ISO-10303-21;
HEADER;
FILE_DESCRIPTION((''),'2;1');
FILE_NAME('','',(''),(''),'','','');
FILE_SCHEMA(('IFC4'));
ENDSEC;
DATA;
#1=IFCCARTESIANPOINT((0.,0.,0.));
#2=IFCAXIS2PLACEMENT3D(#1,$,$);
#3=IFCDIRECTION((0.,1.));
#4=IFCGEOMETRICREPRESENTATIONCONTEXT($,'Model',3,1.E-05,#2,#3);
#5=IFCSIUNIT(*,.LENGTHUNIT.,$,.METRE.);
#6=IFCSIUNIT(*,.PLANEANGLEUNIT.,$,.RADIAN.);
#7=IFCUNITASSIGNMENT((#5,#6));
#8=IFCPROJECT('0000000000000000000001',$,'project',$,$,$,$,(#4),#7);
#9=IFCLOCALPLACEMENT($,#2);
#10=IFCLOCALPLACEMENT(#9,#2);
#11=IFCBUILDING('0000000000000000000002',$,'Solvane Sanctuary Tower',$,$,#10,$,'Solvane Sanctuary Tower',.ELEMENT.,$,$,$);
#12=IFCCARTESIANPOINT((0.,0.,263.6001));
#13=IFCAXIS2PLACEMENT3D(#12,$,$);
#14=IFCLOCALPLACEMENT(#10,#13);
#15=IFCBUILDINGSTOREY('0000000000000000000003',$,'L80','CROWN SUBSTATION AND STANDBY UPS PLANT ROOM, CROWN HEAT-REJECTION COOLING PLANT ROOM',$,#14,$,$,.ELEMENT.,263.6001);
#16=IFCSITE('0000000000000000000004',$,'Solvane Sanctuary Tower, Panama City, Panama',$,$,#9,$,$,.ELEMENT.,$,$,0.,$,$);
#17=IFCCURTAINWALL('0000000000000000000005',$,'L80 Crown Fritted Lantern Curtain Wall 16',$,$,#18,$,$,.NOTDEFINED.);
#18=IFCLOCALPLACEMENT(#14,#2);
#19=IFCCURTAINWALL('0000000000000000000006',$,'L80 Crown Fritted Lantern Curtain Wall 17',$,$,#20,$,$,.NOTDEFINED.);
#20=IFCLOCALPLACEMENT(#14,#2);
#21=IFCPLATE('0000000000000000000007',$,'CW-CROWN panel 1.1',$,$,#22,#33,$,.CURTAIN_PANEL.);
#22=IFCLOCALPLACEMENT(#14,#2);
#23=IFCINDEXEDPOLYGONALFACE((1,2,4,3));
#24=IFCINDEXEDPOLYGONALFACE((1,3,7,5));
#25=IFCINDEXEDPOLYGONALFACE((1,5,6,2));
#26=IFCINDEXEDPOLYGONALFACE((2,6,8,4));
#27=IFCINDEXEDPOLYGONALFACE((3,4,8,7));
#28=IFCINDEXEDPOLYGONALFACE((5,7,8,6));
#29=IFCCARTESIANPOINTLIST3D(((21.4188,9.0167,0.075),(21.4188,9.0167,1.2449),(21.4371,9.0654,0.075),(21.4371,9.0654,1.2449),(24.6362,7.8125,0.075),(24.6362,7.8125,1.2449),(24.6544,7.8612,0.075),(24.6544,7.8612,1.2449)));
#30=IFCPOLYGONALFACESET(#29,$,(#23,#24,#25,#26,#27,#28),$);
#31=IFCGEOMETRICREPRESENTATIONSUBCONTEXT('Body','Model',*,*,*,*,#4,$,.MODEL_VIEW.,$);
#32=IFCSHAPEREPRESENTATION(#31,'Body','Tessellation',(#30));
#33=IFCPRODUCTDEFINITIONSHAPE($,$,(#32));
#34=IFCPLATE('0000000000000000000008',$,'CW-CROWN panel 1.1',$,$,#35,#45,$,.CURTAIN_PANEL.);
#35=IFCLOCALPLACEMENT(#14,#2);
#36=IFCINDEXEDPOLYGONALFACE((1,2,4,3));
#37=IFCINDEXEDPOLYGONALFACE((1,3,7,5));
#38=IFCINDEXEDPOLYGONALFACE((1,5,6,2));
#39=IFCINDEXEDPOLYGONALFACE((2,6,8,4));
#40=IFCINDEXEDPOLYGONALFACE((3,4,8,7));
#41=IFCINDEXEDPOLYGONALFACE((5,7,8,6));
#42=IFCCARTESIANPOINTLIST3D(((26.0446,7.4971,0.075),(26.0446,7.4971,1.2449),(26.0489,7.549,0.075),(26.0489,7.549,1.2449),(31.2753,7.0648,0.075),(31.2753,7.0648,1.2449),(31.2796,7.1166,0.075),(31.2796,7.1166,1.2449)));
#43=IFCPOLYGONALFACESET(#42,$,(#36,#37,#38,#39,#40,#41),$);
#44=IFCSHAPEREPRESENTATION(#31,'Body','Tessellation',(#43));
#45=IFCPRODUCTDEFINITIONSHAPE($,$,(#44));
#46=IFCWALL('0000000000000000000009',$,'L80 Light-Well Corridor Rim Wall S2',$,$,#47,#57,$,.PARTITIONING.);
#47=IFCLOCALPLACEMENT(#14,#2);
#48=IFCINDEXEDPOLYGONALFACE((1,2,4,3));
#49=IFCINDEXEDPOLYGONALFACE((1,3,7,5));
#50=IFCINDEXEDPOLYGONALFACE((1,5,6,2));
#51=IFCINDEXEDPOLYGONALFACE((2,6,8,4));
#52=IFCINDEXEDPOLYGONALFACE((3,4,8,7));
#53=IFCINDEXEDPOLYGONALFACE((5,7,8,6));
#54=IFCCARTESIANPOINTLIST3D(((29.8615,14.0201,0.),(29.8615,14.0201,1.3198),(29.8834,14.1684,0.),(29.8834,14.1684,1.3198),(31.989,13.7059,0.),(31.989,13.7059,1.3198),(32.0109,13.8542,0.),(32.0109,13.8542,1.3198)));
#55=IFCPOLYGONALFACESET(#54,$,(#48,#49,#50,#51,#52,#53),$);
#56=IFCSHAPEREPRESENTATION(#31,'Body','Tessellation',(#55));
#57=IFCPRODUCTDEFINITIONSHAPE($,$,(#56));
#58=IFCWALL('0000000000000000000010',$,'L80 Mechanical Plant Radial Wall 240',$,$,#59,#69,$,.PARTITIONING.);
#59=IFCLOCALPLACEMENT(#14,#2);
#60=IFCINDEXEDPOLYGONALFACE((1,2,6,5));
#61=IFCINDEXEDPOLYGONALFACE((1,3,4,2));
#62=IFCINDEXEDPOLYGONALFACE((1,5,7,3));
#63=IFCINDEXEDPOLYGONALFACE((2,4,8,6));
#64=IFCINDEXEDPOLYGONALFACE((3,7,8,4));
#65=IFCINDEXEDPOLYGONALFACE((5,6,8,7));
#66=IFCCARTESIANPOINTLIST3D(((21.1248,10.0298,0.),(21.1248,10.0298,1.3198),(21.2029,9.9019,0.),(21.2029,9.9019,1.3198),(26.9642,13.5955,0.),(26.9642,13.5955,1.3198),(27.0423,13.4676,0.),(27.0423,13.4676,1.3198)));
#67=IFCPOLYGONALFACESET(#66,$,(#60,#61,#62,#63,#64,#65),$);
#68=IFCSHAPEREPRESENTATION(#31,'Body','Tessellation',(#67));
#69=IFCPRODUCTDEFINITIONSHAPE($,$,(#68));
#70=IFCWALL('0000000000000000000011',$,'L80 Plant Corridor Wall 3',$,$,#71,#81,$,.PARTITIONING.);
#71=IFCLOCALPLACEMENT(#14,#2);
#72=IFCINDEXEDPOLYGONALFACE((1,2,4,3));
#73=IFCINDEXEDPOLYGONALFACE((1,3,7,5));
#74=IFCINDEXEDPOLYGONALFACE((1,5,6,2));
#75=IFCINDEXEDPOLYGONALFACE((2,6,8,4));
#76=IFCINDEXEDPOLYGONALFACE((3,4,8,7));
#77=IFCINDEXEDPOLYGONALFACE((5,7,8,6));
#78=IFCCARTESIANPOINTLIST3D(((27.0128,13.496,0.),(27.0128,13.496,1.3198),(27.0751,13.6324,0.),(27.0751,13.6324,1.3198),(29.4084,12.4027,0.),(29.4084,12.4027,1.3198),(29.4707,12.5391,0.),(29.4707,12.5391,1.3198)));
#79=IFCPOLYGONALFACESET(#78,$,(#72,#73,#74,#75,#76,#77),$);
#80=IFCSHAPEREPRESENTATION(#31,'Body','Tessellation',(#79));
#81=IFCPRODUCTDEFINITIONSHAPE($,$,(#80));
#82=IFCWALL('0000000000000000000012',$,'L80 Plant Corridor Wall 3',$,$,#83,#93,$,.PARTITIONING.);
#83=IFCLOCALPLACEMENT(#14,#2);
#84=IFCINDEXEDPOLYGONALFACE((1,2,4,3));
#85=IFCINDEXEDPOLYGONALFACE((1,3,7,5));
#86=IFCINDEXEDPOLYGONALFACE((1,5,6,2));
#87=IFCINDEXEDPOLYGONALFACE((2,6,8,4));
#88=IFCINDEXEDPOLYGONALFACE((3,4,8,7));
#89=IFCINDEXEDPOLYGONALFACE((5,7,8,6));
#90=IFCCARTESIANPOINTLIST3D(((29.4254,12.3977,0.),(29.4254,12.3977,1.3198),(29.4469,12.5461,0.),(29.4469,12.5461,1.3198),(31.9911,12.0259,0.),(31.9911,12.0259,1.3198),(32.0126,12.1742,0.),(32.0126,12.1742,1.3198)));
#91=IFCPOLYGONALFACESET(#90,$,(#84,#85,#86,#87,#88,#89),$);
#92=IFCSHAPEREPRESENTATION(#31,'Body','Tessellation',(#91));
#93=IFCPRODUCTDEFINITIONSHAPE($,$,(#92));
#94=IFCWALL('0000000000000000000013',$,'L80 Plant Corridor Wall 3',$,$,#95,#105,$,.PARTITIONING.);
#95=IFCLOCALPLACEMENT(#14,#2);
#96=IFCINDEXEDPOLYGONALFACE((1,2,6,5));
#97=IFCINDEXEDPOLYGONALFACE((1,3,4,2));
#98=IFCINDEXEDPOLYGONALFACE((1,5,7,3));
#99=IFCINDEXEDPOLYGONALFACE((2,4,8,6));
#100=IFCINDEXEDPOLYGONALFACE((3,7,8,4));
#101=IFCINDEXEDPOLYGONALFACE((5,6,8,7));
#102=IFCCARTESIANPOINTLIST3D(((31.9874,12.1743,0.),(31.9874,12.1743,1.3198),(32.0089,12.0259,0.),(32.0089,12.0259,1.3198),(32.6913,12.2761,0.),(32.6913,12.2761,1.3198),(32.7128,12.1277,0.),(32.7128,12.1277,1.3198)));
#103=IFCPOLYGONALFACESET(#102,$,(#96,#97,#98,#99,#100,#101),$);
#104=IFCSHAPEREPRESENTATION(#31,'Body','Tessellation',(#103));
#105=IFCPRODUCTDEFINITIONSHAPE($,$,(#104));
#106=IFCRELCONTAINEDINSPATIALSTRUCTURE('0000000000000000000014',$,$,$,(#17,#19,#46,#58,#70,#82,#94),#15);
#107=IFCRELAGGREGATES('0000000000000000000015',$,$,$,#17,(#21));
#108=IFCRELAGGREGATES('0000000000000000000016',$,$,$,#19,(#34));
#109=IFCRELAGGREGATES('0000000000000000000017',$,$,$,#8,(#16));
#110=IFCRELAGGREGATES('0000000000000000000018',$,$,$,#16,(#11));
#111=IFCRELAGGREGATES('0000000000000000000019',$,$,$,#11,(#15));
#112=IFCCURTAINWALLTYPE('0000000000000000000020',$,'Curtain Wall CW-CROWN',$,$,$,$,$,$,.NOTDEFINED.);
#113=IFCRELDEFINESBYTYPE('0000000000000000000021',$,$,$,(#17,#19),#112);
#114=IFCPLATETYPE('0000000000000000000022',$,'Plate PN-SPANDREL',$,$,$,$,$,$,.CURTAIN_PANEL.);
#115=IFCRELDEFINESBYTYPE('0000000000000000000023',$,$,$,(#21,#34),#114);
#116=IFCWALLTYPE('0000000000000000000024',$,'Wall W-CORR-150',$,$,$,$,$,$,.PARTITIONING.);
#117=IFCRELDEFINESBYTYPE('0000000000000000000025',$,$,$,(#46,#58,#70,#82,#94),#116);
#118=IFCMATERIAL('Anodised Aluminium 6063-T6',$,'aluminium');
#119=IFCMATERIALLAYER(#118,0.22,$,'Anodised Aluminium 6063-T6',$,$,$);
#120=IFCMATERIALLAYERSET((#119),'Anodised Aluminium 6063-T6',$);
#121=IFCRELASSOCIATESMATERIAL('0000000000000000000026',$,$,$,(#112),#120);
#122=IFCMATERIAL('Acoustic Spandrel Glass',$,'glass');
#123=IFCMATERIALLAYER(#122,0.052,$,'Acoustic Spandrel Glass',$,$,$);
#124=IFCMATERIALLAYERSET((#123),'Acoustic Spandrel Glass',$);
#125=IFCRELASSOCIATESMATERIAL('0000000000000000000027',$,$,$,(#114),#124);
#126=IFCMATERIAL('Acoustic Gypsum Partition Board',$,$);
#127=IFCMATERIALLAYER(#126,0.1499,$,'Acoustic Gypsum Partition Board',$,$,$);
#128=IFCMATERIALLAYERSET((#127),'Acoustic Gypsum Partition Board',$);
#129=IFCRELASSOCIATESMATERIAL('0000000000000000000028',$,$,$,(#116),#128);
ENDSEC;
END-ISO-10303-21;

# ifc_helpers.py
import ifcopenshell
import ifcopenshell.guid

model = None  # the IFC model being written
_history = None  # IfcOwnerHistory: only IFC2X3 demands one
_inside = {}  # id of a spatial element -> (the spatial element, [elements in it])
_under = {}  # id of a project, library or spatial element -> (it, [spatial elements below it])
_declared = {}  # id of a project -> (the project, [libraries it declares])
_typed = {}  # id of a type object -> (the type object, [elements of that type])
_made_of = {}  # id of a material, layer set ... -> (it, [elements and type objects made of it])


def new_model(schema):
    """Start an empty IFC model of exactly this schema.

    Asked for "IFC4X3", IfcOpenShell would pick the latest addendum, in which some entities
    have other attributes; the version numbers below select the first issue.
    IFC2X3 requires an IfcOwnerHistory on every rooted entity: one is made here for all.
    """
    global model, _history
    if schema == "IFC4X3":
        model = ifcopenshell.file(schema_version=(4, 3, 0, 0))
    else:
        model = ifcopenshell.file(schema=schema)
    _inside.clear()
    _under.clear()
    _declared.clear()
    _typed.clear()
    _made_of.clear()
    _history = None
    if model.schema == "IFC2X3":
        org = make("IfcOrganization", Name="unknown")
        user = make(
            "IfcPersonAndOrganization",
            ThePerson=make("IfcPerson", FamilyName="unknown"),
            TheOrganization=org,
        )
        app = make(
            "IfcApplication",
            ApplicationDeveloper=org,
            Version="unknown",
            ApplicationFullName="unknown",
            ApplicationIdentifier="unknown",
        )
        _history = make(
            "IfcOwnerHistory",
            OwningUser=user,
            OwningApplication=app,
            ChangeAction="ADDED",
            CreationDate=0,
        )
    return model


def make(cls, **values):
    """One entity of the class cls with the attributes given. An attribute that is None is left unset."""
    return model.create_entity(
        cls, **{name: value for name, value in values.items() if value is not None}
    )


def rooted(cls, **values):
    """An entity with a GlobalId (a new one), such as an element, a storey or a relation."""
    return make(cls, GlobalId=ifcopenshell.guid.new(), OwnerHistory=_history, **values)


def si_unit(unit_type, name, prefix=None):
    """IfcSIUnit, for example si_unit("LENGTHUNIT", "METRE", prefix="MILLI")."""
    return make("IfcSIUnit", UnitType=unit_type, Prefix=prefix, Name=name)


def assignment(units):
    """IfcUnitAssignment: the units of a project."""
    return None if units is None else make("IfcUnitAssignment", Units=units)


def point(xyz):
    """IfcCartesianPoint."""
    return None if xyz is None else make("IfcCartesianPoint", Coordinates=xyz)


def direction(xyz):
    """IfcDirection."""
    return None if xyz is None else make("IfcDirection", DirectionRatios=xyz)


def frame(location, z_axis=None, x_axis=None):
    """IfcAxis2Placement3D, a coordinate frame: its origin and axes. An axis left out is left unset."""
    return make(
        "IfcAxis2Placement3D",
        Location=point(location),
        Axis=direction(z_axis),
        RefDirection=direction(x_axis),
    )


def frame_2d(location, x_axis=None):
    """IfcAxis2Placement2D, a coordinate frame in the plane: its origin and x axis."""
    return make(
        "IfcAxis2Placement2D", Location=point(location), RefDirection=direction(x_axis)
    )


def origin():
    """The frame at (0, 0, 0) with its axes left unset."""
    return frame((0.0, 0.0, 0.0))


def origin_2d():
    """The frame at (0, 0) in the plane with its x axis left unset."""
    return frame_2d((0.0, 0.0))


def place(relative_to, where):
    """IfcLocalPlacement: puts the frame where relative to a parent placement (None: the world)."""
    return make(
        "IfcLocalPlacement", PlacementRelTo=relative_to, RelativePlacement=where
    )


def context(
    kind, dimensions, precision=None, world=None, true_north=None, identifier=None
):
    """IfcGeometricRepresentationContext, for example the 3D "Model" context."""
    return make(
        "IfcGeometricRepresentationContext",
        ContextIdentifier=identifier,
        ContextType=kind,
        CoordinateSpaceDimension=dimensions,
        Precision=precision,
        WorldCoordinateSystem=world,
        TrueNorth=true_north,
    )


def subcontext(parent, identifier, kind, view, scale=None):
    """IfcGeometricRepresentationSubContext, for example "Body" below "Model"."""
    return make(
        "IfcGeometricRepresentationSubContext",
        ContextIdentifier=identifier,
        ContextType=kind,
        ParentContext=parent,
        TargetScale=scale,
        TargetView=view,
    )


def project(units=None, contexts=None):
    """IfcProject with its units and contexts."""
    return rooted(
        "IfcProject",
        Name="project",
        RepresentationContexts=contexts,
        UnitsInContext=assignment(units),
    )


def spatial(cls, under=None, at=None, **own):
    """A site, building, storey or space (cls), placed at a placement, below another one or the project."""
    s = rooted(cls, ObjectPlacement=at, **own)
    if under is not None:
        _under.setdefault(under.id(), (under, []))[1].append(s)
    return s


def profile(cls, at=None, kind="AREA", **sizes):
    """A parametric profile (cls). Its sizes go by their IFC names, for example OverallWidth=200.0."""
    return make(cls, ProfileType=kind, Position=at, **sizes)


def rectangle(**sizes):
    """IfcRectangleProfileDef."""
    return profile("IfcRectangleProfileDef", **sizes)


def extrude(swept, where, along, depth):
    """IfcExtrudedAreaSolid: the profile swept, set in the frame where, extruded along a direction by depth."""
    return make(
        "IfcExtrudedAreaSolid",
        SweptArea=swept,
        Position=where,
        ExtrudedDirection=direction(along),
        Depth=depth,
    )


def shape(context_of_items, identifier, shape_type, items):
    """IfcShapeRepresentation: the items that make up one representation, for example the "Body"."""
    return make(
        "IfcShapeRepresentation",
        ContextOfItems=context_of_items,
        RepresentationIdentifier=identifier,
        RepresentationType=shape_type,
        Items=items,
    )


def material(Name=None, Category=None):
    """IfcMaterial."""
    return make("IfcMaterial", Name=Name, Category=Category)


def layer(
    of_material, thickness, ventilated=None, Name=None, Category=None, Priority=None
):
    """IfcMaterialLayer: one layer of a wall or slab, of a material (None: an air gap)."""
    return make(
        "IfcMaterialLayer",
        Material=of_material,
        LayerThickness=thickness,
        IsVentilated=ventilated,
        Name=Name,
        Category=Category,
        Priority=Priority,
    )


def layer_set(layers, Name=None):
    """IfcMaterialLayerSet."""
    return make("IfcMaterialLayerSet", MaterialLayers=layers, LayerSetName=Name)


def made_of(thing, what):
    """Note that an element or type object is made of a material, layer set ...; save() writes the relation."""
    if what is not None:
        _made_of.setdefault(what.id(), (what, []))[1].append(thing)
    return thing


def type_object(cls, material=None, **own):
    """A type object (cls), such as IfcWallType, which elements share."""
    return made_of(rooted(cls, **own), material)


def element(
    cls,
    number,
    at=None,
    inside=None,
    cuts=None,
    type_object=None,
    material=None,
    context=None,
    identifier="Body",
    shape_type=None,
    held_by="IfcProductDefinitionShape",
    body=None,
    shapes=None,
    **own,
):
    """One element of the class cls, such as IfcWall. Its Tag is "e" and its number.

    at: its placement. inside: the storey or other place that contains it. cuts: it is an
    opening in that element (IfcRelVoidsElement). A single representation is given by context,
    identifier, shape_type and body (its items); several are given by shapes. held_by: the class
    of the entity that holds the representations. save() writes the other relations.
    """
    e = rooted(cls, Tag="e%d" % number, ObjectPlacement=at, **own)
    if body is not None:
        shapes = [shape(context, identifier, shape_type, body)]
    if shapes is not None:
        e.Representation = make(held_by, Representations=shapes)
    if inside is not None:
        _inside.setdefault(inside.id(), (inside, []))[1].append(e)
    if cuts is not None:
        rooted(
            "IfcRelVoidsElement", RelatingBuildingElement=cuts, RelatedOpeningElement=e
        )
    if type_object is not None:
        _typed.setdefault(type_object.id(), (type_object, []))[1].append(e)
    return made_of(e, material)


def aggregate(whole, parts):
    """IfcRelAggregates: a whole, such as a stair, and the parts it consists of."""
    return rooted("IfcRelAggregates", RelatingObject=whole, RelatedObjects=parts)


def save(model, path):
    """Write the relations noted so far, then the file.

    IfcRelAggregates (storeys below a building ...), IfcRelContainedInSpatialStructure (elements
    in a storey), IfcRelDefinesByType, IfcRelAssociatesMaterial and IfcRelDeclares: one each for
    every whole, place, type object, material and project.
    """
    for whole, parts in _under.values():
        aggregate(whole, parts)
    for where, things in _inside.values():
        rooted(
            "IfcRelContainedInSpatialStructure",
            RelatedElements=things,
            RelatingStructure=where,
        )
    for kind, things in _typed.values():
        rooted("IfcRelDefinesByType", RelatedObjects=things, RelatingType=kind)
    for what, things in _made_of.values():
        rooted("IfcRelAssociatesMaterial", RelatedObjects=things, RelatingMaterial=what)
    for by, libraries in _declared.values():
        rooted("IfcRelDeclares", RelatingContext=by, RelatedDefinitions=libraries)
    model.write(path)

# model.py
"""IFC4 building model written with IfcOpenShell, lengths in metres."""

from ifc_helpers import new_model, si_unit, direction, frame, frame_2d, origin, origin_2d, place, context, subcontext, project, spatial, rectangle, extrude, material, layer, layer_set, type_object, element, aggregate, save


model = new_model("IFC4")

# Units and contexts
model_context = context("Model", 3, precision=1e-05, world=origin(), true_north=direction((0.0, 1.0)))
body_context = subcontext(model_context, "Body", "Model", "MODEL_VIEW")
ifc_project = project(units=[si_unit("LENGTHUNIT", "METRE"), si_unit("PLANEANGLEUNIT", "RADIAN")], contexts=[model_context])

# Site, building, storey
site_placement = place(None, origin())
site = spatial("IfcSite", under=ifc_project, at=site_placement, Name="Solvane Sanctuary Tower, Panama City, Panama", CompositionType="ELEMENT", RefElevation=0.0)
building_placement = place(site_placement, origin())
building = spatial("IfcBuilding", under=site, at=building_placement, Name="Solvane Sanctuary Tower", LongName="Solvane Sanctuary Tower", CompositionType="ELEMENT")
storey_placement = place(building_placement, frame((0.0, 0.0, 263.6001)))
storey = spatial("IfcBuildingStorey", under=building, at=storey_placement, Name="L80", Description="CROWN SUBSTATION AND STANDBY UPS PLANT ROOM, CROWN HEAT-REJECTION COOLING PLANT ROOM", CompositionType="ELEMENT", Elevation=263.6001)

# Curtain wall
ifc_material_1 = material(Name="Anodised Aluminium 6063-T6", Category="aluminium")
ifc_layer_1 = layer(ifc_material_1, 0.22, Name="Anodised Aluminium 6063-T6")
ifc_layer_set_1 = layer_set([ifc_layer_1], Name="Anodised Aluminium 6063-T6")
curtain_wall_type = type_object("IfcCurtainWallType", Name="Curtain Wall CW-CROWN", PredefinedType="NOTDEFINED", material=ifc_layer_set_1)
curtain_wall_1_placement = place(storey_placement, origin())
curtain_wall_1 = element("IfcCurtainWall", 1, at=curtain_wall_1_placement, inside=storey, type_object=curtain_wall_type, Name="L80 Crown Fritted Lantern Curtain Wall 16", PredefinedType="NOTDEFINED")

# Curtain wall
curtain_wall_2_placement = place(storey_placement, origin())
curtain_wall_2 = element("IfcCurtainWall", 2, at=curtain_wall_2_placement, inside=storey, type_object=curtain_wall_type, Name="L80 Crown Fritted Lantern Curtain Wall 17", PredefinedType="NOTDEFINED")

# Plates
ifc_material_2 = material(Name="Acoustic Spandrel Glass", Category="glass")
ifc_layer_2 = layer(ifc_material_2, 0.052, Name="Acoustic Spandrel Glass")
ifc_layer_set_2 = layer_set([ifc_layer_2], Name="Acoustic Spandrel Glass")
plate_type = type_object("IfcPlateType", Name="Plate PN-SPANDREL", PredefinedType="CURTAIN_PANEL", material=ifc_layer_set_2)
plate_1_placement = place(storey_placement, frame((23.0366, 8.439, 0.075), z_axis=(0.0, 0.0, 1.0), x_axis=(0.936556, -0.350518, 0.0)))
plate_1 = element("IfcPlate", 3, at=plate_1_placement, type_object=plate_type, Name="CW-CROWN panel 1.1", PredefinedType="CURTAIN_PANEL", context=body_context, shape_type="SweptSolid", body=[
    extrude(rectangle(XDim=3.4353, YDim=0.052, at=origin_2d()), origin(), (0.0, 0.0, 1.0), 1.1699),
])
aggregate(curtain_wall_1, [plate_1])
plate_2_placement = place(storey_placement, frame((28.6621, 7.3069, 0.075), z_axis=(0.0, 0.0, 1.0), x_axis=(0.996601, -0.082376, 0.0)))
plate_2 = element("IfcPlate", 4, at=plate_2_placement, type_object=plate_type, Name="CW-CROWN panel 1.1", PredefinedType="CURTAIN_PANEL", context=body_context, shape_type="SweptSolid", body=[
    extrude(rectangle(XDim=5.2485, YDim=0.052, at=origin_2d()), origin(), (0.0, 0.0, 1.0), 1.1699),
])
aggregate(curtain_wall_2, [plate_2])

# Walls
ifc_material_3 = material(Name="Acoustic Gypsum Partition Board")
ifc_layer_3 = layer(ifc_material_3, 0.1499, Name="Acoustic Gypsum Partition Board")
ifc_layer_set_3 = layer_set([ifc_layer_3], Name="Acoustic Gypsum Partition Board")
wall_type = type_object("IfcWallType", Name="Wall W-CORR-150", PredefinedType="PARTITIONING", material=ifc_layer_set_3)
wall_1_placement = place(storey_placement, frame((29.8726, 14.0942, 0.0), z_axis=(0.0, 0.0, 1.0), x_axis=(0.989269, -0.146108, 0.0)))
element("IfcWall", 5, at=wall_1_placement, inside=storey, type_object=wall_type, Name="L80 Light-Well Corridor Rim Wall S2", PredefinedType="PARTITIONING", context=body_context, shape_type="SweptSolid", body=[
    extrude(rectangle(XDim=2.1506, YDim=0.1499, at=frame_2d((1.0752, 0.0))), origin(), (0.0, 0.0, 1.0), 1.3198),
])
wall_2_placement = place(storey_placement, frame((27.0032, 13.5315, 0.0), z_axis=(0.0, 0.0, 1.0), x_axis=(-0.853465, -0.52115, 0.0)))
element("IfcWall", 6, at=wall_2_placement, inside=storey, type_object=wall_type, Name="L80 Mechanical Plant Radial Wall 240", PredefinedType="PARTITIONING", context=body_context, shape_type="SweptSolid", body=[
    extrude(rectangle(XDim=6.842, YDim=0.1499, at=frame_2d((3.4209, 0.0))), origin(), (0.0, 0.0, 1.0), 1.3198),
])
wall_3_placement = place(storey_placement, frame((27.0439, 13.5642, 0.0), z_axis=(0.0, 0.0, 1.0), x_axis=(0.909737, -0.415186, 0.0)))
element("IfcWall", 7, at=wall_3_placement, inside=storey, type_object=wall_type, Name="L80 Plant Corridor Wall 3", PredefinedType="PARTITIONING", context=body_context, shape_type="SweptSolid", body=[
    extrude(rectangle(XDim=2.6333, YDim=0.1499, at=frame_2d((1.3167, 0.0))), origin(), (0.0, 0.0, 1.0), 1.3198),
])
wall_4_placement = place(storey_placement, frame((29.436, 12.4719, 0.0), z_axis=(0.0, 0.0, 1.0), x_axis=(0.989661, -0.143425, 0.0)))
element("IfcWall", 8, at=wall_4_placement, inside=storey, type_object=wall_type, Name="L80 Plant Corridor Wall 3", PredefinedType="PARTITIONING", context=body_context, shape_type="SweptSolid", body=[
    extrude(rectangle(XDim=2.5925, YDim=0.1499, at=frame_2d((1.2964, 0.0))), origin(), (0.0, 0.0, 1.0), 1.3198),
])
wall_5_placement = place(storey_placement, frame((31.9983, 12.1001, 0.0), z_axis=(0.0, 0.0, 1.0), x_axis=(0.989701, 0.143151, 0.0)))
element("IfcWall", 9, at=wall_5_placement, inside=storey, type_object=wall_type, Name="L80 Plant Corridor Wall 3", PredefinedType="PARTITIONING", context=body_context, shape_type="SweptSolid", body=[
    extrude(rectangle(XDim=0.7112, YDim=0.1499, at=frame_2d((0.3555, 0.0))), origin(), (0.0, 0.0, 1.0), 1.3198),
])

save(model, "model.ifc")
